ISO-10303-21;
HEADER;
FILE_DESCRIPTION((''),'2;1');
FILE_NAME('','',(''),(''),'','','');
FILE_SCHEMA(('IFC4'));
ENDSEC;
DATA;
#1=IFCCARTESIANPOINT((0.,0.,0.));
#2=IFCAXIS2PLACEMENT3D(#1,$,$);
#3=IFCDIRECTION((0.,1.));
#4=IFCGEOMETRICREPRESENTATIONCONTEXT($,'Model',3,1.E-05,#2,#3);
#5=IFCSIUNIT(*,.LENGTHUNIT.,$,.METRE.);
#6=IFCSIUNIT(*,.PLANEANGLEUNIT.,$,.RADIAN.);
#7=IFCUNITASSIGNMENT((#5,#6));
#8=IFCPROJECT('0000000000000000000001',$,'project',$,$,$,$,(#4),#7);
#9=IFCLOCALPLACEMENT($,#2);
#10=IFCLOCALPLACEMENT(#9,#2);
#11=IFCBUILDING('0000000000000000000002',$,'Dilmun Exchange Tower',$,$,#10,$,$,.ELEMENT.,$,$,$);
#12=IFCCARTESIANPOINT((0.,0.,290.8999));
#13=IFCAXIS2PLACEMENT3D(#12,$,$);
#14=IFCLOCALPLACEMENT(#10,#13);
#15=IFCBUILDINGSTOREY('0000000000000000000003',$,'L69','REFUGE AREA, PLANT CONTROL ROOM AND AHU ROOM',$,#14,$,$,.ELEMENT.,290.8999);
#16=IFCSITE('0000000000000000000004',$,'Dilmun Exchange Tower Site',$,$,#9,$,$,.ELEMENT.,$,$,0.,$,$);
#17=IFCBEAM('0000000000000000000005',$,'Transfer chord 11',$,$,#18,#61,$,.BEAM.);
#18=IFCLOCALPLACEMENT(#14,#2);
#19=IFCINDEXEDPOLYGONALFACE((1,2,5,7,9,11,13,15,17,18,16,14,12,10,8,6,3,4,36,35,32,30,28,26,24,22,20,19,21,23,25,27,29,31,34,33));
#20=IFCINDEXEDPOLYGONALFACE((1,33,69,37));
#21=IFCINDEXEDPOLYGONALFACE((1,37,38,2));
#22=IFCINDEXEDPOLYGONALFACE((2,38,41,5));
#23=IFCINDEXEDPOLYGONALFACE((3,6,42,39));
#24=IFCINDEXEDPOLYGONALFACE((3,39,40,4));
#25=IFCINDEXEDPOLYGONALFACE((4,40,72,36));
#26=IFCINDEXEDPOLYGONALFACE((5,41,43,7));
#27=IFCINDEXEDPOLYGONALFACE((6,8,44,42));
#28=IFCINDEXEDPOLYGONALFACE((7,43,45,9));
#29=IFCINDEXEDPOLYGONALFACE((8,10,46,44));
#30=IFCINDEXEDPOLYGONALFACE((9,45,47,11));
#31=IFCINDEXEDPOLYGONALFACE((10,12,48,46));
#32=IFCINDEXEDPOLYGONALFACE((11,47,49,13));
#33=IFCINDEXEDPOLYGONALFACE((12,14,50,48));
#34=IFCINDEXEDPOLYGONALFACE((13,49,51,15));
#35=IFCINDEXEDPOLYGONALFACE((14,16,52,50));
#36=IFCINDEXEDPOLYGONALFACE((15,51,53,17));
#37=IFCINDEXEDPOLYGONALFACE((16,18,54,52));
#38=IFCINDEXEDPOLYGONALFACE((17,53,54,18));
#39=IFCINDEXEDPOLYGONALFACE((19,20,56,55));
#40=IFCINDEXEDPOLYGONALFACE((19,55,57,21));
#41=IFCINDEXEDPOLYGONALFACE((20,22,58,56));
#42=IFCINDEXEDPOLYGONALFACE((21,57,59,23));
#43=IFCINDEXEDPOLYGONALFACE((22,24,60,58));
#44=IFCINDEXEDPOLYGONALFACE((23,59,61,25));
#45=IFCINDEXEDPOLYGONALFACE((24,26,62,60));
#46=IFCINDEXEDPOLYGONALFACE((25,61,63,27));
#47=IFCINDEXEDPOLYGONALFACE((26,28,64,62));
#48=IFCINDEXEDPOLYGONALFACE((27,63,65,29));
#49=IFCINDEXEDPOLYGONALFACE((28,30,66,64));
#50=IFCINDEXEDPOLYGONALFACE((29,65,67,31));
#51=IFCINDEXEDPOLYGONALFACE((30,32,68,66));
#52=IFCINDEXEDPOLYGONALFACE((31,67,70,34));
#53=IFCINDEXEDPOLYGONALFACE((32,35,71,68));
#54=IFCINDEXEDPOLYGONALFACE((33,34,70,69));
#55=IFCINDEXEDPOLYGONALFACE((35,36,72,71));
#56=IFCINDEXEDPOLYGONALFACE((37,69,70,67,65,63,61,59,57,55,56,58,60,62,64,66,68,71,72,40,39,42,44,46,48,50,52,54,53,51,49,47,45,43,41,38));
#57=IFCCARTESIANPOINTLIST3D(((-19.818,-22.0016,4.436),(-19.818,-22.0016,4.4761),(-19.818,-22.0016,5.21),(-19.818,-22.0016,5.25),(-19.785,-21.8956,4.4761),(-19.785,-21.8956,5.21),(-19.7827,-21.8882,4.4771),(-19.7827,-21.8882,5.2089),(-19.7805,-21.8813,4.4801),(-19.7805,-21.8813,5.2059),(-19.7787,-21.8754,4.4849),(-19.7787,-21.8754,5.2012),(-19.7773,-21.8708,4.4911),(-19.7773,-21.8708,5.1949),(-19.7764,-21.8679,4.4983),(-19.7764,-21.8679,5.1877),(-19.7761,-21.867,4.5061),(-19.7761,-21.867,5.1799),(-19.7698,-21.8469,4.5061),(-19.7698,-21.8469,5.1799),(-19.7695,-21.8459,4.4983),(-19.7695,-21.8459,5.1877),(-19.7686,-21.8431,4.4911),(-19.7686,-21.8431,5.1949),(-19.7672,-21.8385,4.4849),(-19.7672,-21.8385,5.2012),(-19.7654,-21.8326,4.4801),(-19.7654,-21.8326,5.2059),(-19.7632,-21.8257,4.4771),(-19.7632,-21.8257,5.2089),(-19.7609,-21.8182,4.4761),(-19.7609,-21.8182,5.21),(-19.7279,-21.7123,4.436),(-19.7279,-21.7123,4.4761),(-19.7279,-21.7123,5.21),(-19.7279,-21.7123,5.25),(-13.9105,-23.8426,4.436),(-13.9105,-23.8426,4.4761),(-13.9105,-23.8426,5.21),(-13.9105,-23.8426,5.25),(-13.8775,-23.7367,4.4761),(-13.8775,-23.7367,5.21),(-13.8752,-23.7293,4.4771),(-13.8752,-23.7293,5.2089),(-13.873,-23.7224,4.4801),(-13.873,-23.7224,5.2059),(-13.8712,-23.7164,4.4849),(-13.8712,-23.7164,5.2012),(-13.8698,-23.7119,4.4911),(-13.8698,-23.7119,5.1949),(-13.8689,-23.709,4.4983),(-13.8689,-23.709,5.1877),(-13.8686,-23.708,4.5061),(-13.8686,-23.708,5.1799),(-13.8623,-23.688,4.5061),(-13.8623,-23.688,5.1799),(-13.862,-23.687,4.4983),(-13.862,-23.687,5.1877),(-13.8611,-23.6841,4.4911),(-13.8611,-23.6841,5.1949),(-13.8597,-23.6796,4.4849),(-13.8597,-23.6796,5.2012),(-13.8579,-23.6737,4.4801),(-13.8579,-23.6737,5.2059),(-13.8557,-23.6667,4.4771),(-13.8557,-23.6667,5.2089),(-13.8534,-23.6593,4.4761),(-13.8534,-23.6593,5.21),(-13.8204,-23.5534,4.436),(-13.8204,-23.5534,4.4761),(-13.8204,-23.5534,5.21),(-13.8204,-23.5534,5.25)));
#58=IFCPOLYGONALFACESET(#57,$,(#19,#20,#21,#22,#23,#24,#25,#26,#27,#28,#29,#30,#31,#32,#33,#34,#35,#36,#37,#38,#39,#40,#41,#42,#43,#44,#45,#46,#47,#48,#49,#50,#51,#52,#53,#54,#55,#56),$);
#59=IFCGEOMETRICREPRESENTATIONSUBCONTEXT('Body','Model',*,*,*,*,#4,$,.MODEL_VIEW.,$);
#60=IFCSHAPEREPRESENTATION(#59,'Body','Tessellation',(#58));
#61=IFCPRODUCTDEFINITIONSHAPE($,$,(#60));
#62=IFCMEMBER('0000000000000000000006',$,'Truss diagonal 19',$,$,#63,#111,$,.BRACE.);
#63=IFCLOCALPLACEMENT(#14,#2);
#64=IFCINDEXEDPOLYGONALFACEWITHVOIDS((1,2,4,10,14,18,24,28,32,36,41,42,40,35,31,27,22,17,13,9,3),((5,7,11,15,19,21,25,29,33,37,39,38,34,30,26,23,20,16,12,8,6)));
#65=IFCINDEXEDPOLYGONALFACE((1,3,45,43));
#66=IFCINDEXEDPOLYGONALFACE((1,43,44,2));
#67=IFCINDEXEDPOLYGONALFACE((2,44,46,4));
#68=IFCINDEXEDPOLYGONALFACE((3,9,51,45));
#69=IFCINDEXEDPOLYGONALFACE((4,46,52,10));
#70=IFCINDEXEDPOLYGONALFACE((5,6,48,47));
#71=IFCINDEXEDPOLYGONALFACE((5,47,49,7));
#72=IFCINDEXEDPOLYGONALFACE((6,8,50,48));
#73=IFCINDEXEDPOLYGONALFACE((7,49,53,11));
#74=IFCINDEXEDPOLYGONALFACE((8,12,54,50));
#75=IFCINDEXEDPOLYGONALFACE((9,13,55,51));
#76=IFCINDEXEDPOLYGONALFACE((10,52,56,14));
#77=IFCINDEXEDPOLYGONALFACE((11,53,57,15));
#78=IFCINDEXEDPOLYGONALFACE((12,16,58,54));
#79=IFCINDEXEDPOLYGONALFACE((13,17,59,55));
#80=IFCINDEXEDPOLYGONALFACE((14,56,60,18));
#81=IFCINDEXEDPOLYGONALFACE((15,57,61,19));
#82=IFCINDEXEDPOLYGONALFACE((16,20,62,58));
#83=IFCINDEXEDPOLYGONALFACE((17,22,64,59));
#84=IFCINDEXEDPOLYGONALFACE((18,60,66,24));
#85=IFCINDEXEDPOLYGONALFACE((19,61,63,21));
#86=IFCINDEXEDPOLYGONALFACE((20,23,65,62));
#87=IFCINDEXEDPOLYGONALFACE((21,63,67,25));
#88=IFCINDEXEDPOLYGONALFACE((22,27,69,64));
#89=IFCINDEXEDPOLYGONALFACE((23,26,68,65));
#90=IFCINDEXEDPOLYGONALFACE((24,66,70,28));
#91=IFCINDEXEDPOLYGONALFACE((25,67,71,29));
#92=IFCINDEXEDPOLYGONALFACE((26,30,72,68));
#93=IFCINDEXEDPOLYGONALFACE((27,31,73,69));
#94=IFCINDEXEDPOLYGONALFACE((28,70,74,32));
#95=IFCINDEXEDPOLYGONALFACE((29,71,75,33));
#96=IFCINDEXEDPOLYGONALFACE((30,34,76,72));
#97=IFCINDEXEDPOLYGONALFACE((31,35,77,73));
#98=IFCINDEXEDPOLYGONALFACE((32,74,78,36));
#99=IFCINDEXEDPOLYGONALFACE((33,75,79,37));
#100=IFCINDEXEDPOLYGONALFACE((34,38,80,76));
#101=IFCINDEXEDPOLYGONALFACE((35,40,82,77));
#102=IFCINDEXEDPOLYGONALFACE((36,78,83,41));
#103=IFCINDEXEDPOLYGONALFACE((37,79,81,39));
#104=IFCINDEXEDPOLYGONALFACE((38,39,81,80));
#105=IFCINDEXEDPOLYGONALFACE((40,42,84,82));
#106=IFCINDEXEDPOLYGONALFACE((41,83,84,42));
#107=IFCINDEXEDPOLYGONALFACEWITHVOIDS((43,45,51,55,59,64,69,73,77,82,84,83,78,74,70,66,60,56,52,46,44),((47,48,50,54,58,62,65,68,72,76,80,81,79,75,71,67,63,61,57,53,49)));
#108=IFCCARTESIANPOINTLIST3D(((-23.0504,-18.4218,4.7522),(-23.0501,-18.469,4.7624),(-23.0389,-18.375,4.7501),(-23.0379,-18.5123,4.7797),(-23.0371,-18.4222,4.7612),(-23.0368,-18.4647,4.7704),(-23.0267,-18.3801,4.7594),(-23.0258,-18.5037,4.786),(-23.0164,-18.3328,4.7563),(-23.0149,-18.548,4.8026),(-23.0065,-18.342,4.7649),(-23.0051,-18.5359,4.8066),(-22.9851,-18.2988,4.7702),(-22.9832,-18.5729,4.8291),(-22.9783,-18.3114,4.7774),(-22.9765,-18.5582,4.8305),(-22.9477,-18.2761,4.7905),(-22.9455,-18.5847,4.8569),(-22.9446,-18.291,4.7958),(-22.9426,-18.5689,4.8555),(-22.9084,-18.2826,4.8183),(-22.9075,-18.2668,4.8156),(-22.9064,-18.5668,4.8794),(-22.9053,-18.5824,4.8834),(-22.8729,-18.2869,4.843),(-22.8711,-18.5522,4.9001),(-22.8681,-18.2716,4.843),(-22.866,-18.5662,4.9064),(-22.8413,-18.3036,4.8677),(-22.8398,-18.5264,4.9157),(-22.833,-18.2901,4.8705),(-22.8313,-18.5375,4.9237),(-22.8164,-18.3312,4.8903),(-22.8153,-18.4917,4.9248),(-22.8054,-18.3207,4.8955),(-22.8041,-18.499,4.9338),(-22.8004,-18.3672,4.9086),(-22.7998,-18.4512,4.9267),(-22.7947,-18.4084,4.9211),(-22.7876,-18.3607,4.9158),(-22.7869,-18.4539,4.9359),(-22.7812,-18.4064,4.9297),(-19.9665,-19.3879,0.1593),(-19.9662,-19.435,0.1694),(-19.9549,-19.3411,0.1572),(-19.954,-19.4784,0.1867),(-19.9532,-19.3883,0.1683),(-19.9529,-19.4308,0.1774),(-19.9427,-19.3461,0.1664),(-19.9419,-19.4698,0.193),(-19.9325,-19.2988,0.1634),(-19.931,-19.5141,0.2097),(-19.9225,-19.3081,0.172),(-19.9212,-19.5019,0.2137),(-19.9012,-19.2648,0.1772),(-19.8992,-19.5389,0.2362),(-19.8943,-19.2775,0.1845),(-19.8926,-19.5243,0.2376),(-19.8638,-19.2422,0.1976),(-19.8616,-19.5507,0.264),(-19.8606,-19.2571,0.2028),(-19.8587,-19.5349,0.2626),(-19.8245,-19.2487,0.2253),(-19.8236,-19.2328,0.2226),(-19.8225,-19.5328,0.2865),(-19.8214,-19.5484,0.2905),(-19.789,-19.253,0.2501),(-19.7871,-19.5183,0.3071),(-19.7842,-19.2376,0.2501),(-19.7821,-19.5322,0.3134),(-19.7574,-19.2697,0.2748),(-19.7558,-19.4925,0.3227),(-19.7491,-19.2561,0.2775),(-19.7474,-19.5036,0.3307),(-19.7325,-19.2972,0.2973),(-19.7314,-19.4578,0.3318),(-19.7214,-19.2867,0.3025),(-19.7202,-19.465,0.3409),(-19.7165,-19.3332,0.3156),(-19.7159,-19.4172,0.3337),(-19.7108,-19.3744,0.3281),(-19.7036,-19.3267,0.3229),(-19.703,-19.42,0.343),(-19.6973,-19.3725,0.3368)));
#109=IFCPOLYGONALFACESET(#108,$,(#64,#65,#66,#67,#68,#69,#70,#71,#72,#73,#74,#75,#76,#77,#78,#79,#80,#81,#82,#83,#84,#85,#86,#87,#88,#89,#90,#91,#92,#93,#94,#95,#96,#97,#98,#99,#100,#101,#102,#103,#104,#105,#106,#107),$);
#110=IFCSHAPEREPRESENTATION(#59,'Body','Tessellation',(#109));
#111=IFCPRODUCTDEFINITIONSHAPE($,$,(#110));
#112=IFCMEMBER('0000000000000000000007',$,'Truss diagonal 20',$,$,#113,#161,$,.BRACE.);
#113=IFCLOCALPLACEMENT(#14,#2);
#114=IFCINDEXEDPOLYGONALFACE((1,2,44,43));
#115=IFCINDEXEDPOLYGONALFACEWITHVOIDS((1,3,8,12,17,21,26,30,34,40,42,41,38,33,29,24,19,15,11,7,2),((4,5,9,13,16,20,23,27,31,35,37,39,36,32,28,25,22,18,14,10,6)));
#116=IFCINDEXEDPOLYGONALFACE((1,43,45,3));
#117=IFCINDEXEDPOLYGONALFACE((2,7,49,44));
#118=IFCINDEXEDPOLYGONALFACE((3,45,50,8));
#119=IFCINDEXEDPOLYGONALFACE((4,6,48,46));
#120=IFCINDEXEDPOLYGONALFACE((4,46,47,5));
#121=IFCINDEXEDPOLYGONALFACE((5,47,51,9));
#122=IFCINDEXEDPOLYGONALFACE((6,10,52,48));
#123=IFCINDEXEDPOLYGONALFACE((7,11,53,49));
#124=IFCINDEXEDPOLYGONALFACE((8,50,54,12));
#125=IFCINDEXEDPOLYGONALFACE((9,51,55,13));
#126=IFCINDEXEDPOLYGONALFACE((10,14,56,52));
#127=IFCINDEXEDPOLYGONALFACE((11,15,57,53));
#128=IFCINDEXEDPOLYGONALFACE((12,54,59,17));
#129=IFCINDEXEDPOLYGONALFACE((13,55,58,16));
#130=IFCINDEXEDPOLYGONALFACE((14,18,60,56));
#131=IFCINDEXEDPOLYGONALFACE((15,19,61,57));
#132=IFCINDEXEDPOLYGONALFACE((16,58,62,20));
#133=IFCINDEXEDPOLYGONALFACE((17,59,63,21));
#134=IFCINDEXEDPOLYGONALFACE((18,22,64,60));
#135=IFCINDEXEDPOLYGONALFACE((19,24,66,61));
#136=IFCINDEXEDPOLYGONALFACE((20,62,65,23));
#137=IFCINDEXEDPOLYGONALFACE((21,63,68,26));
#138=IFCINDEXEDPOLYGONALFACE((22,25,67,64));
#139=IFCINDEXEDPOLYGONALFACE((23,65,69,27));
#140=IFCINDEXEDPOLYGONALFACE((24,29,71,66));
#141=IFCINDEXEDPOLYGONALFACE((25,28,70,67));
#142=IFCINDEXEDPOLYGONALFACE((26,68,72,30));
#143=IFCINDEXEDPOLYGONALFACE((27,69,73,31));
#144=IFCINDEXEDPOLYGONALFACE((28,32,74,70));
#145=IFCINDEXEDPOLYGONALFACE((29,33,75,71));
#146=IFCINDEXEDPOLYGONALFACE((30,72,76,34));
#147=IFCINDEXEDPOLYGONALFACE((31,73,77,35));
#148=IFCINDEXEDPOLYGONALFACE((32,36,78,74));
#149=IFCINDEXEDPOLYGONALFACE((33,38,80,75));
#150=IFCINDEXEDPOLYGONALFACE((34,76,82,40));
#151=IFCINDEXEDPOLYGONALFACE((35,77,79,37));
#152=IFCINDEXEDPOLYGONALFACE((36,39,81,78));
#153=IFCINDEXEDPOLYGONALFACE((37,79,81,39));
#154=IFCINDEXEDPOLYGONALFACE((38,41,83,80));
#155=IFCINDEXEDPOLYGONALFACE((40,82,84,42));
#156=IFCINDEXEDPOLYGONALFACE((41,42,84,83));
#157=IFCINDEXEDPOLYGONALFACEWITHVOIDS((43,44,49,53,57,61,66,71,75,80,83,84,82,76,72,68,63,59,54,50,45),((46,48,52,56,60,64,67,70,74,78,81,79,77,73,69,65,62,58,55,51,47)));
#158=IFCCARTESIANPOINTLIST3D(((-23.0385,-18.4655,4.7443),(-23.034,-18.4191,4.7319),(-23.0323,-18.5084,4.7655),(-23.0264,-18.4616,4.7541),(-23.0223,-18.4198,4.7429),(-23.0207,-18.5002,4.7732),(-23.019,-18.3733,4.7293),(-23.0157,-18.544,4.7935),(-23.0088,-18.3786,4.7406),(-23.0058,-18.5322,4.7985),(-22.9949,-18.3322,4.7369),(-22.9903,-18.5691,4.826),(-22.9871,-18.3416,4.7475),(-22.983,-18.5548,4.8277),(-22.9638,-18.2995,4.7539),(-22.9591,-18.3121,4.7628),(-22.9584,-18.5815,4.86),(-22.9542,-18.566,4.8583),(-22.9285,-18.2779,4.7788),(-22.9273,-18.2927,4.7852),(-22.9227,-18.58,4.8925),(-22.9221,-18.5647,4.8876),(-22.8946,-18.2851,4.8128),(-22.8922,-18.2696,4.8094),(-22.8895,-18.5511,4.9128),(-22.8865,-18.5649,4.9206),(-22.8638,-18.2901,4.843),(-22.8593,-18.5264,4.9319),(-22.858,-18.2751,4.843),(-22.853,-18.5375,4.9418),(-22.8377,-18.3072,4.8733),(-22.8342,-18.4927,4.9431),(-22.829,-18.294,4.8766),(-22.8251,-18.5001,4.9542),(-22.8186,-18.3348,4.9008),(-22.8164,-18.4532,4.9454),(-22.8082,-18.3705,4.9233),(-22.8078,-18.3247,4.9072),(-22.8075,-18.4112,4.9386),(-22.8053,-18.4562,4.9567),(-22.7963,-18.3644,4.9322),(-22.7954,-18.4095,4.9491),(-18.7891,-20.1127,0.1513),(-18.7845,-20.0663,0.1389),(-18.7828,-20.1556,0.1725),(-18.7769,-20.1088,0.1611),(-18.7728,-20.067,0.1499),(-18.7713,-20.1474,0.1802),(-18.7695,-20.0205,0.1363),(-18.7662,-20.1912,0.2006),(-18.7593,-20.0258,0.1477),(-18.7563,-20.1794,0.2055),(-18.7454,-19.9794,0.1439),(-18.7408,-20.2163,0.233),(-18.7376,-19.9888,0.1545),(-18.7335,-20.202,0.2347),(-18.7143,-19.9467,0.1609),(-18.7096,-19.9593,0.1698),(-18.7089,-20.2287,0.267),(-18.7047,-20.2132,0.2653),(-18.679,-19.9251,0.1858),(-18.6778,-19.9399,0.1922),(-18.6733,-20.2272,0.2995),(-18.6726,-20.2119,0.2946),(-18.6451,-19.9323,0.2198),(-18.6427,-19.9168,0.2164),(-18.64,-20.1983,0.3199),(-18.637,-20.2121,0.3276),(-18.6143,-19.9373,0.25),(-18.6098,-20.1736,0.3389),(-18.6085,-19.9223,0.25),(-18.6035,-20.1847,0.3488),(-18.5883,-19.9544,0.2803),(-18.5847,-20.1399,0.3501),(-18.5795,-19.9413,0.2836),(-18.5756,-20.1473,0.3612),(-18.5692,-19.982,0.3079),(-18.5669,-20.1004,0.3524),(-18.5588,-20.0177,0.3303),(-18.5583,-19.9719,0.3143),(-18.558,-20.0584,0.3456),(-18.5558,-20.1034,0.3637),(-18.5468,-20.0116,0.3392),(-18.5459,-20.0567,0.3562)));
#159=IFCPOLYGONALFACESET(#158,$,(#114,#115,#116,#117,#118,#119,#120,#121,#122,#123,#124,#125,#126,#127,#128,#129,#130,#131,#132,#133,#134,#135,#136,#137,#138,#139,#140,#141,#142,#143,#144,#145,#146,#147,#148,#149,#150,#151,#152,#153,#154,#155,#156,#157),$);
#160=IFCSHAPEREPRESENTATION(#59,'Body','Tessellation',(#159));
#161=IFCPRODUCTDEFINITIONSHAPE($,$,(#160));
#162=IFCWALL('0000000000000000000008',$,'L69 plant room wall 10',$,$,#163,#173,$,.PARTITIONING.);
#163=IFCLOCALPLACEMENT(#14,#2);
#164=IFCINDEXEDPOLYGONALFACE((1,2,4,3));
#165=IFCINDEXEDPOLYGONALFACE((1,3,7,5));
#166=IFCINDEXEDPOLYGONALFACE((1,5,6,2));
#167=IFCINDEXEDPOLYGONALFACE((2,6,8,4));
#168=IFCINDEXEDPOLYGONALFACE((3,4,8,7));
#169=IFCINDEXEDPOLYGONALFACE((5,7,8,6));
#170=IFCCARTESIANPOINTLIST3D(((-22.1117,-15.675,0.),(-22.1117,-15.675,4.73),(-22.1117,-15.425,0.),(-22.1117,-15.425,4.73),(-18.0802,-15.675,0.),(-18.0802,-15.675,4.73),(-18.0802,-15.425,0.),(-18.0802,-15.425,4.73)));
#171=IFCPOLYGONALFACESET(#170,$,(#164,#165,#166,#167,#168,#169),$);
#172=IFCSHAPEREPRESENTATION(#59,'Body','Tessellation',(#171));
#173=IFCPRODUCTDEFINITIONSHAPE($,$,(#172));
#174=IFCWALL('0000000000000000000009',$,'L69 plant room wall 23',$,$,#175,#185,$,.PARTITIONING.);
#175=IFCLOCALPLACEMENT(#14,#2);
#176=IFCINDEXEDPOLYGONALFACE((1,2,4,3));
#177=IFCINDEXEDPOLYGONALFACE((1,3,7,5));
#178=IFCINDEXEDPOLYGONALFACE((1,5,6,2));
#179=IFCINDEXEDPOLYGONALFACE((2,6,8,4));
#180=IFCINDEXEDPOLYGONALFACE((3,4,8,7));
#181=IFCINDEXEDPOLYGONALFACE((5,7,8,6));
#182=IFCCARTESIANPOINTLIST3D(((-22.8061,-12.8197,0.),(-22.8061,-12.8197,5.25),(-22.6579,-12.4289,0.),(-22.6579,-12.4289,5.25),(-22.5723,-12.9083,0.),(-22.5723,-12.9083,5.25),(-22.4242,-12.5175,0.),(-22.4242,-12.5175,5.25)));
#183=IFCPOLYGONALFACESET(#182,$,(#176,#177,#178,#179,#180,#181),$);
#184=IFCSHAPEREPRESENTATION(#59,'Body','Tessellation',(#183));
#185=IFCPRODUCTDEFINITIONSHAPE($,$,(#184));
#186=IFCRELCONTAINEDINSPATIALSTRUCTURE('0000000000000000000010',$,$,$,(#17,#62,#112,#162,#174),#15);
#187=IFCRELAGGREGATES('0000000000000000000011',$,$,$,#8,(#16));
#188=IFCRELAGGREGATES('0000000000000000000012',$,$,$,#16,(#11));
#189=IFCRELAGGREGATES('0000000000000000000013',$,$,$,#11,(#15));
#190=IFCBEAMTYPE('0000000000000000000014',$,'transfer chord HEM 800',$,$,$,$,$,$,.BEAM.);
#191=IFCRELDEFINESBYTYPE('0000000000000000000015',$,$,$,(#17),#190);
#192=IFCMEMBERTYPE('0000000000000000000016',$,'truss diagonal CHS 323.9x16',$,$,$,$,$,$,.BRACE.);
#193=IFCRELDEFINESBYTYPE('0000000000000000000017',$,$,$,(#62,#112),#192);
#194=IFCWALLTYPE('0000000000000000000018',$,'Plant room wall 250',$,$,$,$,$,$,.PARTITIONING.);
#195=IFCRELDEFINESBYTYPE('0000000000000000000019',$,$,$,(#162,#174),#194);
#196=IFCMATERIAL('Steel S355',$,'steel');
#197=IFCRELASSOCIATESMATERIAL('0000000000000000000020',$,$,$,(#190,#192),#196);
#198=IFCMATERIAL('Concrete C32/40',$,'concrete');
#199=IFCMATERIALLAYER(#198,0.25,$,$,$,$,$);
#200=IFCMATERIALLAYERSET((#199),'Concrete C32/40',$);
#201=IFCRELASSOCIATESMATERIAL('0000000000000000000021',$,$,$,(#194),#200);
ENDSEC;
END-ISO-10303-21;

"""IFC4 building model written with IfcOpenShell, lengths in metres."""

from ifc_helpers import new_model, si_unit, direction, frame, frame_2d, origin, origin_2d, place, context, subcontext, project, spatial, rectangle, hollow_circle, i_section, extrude, material, layer, layer_set, material_profile, profile_set, type_object, element, save


model = new_model("IFC4")

# Units and contexts
model_context = context("Model", 3, precision=1e-05, world=origin(), true_north=direction((0.0, 1.0)))
body_context = subcontext(model_context, "Body", "Model", "MODEL_VIEW")
ifc_project = project(units=[si_unit("LENGTHUNIT", "METRE"), si_unit("PLANEANGLEUNIT", "RADIAN")], contexts=[model_context])

# Site, building, storey
site_placement = place(None, origin())
site = spatial("IfcSite", under=ifc_project, at=site_placement, Name="Dilmun Exchange Tower Site", CompositionType="ELEMENT", RefElevation=0.0)
building_placement = place(site_placement, origin())
building = spatial("IfcBuilding", under=site, at=building_placement, Name="Dilmun Exchange Tower", CompositionType="ELEMENT")
storey_placement = place(building_placement, frame((0.0, 0.0, 290.8999)))
storey = spatial("IfcBuildingStorey", under=building, at=storey_placement, Name="L69", Description="REFUGE AREA, PLANT CONTROL ROOM AND AHU ROOM", CompositionType="ELEMENT", Elevation=290.8999)

# Shared definitions
ifc_material_1 = material(Name="Steel S355", Category="steel")

# Beam
ifc_material_profile_1 = material_profile(ifc_material_1, i_section(OverallWidth=0.303, OverallDepth=0.814, WebThickness=0.021, FlangeThickness=0.04, FilletRadius=0.03, at=origin_2d()), Name="HEM 800")
ifc_profile_set_1 = profile_set([ifc_material_profile_1], Name="Steel S355")
beam_type_1 = type_object("IfcBeamType", Name="transfer chord HEM 800", PredefinedType="BEAM", material=ifc_profile_set_1)
beam_1_placement = place(storey_placement, frame((-19.7729, -21.8569, 4.843), z_axis=(0.954711, -0.297536, 0.0), x_axis=(0.297536, 0.954711, 0.0)))
element("IfcBeam", 1, at=beam_1_placement, inside=storey, type_object=beam_type_1, Name="Transfer chord 11", PredefinedType="BEAM", context=body_context, shape_type="SweptSolid", body=[
    extrude(i_section(OverallWidth=0.303, OverallDepth=0.814, WebThickness=0.021, FlangeThickness=0.04, FilletRadius=0.03, at=origin_2d()), origin(), (0.0, 0.0, 1.0), 6.1877),
])

# Members
ifc_material_profile_2 = material_profile(ifc_material_1, hollow_circle(Radius=0.1619, WallThickness=0.0161, at=origin_2d()), Name="CHS 323.9x16")
ifc_profile_set_2 = profile_set([ifc_material_profile_2], Name="Steel S355")
member_type_1 = type_object("IfcMemberType", Name="truss diagonal CHS 323.9x16", PredefinedType="BRACE", material=ifc_profile_set_2)
member_1_placement = place(storey_placement, frame((-22.9165, -18.426, 4.843), z_axis=(0.549137, -0.172018, -0.817837), x_axis=(0.298929, 0.954275, 0.0)))
element("IfcMember", 2, at=member_1_placement, inside=storey, type_object=member_type_1, Name="Truss diagonal 19", PredefinedType="BRACE", context=body_context, shape_type="SweptSolid", body=[
    extrude(hollow_circle(Radius=0.1619, WallThickness=0.0161, at=origin_2d()), origin(), (0.0, 0.0, 1.0), 5.616),
])
member_2_placement = place(storey_placement, frame((-22.9165, -18.426, 4.843), z_axis=(0.656751, -0.254573, -0.709839), x_axis=(0.361422, 0.932402, 0.0)))
element("IfcMember", 3, at=member_2_placement, inside=storey, type_object=member_type_1, Name="Truss diagonal 20", PredefinedType="BRACE", context=body_context, shape_type="SweptSolid", body=[
    extrude(hollow_circle(Radius=0.1619, WallThickness=0.0161, at=origin_2d()), origin(), (0.0, 0.0, 1.0), 6.4705),
])

# Walls
ifc_material_2 = material(Name="Concrete C32/40", Category="concrete")
ifc_layer_1 = layer(ifc_material_2, 0.25)
ifc_layer_set_1 = layer_set([ifc_layer_1], Name="Concrete C32/40")
wall_type = type_object("IfcWallType", Name="Plant room wall 250", PredefinedType="PARTITIONING", material=ifc_layer_set_1)
wall_1_placement = place(storey_placement, frame((-22.1116, -15.55, 0.0), z_axis=(0.0, 0.0, 1.0), x_axis=(1.0, 0.0, 0.0)))
element("IfcWall", 4, at=wall_1_placement, inside=storey, type_object=wall_type, Name="L69 plant room wall 10", PredefinedType="PARTITIONING", context=body_context, shape_type="SweptSolid", body=[
    extrude(rectangle(XDim=4.0315, YDim=0.25, at=frame_2d((2.0156, 0.0))), origin(), (0.0, 0.0, 1.0), 4.73),
])
wall_2_placement = place(storey_placement, frame((-22.6892, -12.864, 0.0), z_axis=(0.0, 0.0, 1.0), x_axis=(0.354513, 0.935051, 0.0)))
element("IfcWall", 5, at=wall_2_placement, inside=storey, type_object=wall_type, Name="L69 plant room wall 23", PredefinedType="PARTITIONING", context=body_context, shape_type="SweptSolid", body=[
    extrude(rectangle(XDim=0.418, YDim=0.25, at=frame_2d((0.209, 0.0))), origin(), (0.0, 0.0, 1.0), 5.25),
])

save(model, "model.ifc")
